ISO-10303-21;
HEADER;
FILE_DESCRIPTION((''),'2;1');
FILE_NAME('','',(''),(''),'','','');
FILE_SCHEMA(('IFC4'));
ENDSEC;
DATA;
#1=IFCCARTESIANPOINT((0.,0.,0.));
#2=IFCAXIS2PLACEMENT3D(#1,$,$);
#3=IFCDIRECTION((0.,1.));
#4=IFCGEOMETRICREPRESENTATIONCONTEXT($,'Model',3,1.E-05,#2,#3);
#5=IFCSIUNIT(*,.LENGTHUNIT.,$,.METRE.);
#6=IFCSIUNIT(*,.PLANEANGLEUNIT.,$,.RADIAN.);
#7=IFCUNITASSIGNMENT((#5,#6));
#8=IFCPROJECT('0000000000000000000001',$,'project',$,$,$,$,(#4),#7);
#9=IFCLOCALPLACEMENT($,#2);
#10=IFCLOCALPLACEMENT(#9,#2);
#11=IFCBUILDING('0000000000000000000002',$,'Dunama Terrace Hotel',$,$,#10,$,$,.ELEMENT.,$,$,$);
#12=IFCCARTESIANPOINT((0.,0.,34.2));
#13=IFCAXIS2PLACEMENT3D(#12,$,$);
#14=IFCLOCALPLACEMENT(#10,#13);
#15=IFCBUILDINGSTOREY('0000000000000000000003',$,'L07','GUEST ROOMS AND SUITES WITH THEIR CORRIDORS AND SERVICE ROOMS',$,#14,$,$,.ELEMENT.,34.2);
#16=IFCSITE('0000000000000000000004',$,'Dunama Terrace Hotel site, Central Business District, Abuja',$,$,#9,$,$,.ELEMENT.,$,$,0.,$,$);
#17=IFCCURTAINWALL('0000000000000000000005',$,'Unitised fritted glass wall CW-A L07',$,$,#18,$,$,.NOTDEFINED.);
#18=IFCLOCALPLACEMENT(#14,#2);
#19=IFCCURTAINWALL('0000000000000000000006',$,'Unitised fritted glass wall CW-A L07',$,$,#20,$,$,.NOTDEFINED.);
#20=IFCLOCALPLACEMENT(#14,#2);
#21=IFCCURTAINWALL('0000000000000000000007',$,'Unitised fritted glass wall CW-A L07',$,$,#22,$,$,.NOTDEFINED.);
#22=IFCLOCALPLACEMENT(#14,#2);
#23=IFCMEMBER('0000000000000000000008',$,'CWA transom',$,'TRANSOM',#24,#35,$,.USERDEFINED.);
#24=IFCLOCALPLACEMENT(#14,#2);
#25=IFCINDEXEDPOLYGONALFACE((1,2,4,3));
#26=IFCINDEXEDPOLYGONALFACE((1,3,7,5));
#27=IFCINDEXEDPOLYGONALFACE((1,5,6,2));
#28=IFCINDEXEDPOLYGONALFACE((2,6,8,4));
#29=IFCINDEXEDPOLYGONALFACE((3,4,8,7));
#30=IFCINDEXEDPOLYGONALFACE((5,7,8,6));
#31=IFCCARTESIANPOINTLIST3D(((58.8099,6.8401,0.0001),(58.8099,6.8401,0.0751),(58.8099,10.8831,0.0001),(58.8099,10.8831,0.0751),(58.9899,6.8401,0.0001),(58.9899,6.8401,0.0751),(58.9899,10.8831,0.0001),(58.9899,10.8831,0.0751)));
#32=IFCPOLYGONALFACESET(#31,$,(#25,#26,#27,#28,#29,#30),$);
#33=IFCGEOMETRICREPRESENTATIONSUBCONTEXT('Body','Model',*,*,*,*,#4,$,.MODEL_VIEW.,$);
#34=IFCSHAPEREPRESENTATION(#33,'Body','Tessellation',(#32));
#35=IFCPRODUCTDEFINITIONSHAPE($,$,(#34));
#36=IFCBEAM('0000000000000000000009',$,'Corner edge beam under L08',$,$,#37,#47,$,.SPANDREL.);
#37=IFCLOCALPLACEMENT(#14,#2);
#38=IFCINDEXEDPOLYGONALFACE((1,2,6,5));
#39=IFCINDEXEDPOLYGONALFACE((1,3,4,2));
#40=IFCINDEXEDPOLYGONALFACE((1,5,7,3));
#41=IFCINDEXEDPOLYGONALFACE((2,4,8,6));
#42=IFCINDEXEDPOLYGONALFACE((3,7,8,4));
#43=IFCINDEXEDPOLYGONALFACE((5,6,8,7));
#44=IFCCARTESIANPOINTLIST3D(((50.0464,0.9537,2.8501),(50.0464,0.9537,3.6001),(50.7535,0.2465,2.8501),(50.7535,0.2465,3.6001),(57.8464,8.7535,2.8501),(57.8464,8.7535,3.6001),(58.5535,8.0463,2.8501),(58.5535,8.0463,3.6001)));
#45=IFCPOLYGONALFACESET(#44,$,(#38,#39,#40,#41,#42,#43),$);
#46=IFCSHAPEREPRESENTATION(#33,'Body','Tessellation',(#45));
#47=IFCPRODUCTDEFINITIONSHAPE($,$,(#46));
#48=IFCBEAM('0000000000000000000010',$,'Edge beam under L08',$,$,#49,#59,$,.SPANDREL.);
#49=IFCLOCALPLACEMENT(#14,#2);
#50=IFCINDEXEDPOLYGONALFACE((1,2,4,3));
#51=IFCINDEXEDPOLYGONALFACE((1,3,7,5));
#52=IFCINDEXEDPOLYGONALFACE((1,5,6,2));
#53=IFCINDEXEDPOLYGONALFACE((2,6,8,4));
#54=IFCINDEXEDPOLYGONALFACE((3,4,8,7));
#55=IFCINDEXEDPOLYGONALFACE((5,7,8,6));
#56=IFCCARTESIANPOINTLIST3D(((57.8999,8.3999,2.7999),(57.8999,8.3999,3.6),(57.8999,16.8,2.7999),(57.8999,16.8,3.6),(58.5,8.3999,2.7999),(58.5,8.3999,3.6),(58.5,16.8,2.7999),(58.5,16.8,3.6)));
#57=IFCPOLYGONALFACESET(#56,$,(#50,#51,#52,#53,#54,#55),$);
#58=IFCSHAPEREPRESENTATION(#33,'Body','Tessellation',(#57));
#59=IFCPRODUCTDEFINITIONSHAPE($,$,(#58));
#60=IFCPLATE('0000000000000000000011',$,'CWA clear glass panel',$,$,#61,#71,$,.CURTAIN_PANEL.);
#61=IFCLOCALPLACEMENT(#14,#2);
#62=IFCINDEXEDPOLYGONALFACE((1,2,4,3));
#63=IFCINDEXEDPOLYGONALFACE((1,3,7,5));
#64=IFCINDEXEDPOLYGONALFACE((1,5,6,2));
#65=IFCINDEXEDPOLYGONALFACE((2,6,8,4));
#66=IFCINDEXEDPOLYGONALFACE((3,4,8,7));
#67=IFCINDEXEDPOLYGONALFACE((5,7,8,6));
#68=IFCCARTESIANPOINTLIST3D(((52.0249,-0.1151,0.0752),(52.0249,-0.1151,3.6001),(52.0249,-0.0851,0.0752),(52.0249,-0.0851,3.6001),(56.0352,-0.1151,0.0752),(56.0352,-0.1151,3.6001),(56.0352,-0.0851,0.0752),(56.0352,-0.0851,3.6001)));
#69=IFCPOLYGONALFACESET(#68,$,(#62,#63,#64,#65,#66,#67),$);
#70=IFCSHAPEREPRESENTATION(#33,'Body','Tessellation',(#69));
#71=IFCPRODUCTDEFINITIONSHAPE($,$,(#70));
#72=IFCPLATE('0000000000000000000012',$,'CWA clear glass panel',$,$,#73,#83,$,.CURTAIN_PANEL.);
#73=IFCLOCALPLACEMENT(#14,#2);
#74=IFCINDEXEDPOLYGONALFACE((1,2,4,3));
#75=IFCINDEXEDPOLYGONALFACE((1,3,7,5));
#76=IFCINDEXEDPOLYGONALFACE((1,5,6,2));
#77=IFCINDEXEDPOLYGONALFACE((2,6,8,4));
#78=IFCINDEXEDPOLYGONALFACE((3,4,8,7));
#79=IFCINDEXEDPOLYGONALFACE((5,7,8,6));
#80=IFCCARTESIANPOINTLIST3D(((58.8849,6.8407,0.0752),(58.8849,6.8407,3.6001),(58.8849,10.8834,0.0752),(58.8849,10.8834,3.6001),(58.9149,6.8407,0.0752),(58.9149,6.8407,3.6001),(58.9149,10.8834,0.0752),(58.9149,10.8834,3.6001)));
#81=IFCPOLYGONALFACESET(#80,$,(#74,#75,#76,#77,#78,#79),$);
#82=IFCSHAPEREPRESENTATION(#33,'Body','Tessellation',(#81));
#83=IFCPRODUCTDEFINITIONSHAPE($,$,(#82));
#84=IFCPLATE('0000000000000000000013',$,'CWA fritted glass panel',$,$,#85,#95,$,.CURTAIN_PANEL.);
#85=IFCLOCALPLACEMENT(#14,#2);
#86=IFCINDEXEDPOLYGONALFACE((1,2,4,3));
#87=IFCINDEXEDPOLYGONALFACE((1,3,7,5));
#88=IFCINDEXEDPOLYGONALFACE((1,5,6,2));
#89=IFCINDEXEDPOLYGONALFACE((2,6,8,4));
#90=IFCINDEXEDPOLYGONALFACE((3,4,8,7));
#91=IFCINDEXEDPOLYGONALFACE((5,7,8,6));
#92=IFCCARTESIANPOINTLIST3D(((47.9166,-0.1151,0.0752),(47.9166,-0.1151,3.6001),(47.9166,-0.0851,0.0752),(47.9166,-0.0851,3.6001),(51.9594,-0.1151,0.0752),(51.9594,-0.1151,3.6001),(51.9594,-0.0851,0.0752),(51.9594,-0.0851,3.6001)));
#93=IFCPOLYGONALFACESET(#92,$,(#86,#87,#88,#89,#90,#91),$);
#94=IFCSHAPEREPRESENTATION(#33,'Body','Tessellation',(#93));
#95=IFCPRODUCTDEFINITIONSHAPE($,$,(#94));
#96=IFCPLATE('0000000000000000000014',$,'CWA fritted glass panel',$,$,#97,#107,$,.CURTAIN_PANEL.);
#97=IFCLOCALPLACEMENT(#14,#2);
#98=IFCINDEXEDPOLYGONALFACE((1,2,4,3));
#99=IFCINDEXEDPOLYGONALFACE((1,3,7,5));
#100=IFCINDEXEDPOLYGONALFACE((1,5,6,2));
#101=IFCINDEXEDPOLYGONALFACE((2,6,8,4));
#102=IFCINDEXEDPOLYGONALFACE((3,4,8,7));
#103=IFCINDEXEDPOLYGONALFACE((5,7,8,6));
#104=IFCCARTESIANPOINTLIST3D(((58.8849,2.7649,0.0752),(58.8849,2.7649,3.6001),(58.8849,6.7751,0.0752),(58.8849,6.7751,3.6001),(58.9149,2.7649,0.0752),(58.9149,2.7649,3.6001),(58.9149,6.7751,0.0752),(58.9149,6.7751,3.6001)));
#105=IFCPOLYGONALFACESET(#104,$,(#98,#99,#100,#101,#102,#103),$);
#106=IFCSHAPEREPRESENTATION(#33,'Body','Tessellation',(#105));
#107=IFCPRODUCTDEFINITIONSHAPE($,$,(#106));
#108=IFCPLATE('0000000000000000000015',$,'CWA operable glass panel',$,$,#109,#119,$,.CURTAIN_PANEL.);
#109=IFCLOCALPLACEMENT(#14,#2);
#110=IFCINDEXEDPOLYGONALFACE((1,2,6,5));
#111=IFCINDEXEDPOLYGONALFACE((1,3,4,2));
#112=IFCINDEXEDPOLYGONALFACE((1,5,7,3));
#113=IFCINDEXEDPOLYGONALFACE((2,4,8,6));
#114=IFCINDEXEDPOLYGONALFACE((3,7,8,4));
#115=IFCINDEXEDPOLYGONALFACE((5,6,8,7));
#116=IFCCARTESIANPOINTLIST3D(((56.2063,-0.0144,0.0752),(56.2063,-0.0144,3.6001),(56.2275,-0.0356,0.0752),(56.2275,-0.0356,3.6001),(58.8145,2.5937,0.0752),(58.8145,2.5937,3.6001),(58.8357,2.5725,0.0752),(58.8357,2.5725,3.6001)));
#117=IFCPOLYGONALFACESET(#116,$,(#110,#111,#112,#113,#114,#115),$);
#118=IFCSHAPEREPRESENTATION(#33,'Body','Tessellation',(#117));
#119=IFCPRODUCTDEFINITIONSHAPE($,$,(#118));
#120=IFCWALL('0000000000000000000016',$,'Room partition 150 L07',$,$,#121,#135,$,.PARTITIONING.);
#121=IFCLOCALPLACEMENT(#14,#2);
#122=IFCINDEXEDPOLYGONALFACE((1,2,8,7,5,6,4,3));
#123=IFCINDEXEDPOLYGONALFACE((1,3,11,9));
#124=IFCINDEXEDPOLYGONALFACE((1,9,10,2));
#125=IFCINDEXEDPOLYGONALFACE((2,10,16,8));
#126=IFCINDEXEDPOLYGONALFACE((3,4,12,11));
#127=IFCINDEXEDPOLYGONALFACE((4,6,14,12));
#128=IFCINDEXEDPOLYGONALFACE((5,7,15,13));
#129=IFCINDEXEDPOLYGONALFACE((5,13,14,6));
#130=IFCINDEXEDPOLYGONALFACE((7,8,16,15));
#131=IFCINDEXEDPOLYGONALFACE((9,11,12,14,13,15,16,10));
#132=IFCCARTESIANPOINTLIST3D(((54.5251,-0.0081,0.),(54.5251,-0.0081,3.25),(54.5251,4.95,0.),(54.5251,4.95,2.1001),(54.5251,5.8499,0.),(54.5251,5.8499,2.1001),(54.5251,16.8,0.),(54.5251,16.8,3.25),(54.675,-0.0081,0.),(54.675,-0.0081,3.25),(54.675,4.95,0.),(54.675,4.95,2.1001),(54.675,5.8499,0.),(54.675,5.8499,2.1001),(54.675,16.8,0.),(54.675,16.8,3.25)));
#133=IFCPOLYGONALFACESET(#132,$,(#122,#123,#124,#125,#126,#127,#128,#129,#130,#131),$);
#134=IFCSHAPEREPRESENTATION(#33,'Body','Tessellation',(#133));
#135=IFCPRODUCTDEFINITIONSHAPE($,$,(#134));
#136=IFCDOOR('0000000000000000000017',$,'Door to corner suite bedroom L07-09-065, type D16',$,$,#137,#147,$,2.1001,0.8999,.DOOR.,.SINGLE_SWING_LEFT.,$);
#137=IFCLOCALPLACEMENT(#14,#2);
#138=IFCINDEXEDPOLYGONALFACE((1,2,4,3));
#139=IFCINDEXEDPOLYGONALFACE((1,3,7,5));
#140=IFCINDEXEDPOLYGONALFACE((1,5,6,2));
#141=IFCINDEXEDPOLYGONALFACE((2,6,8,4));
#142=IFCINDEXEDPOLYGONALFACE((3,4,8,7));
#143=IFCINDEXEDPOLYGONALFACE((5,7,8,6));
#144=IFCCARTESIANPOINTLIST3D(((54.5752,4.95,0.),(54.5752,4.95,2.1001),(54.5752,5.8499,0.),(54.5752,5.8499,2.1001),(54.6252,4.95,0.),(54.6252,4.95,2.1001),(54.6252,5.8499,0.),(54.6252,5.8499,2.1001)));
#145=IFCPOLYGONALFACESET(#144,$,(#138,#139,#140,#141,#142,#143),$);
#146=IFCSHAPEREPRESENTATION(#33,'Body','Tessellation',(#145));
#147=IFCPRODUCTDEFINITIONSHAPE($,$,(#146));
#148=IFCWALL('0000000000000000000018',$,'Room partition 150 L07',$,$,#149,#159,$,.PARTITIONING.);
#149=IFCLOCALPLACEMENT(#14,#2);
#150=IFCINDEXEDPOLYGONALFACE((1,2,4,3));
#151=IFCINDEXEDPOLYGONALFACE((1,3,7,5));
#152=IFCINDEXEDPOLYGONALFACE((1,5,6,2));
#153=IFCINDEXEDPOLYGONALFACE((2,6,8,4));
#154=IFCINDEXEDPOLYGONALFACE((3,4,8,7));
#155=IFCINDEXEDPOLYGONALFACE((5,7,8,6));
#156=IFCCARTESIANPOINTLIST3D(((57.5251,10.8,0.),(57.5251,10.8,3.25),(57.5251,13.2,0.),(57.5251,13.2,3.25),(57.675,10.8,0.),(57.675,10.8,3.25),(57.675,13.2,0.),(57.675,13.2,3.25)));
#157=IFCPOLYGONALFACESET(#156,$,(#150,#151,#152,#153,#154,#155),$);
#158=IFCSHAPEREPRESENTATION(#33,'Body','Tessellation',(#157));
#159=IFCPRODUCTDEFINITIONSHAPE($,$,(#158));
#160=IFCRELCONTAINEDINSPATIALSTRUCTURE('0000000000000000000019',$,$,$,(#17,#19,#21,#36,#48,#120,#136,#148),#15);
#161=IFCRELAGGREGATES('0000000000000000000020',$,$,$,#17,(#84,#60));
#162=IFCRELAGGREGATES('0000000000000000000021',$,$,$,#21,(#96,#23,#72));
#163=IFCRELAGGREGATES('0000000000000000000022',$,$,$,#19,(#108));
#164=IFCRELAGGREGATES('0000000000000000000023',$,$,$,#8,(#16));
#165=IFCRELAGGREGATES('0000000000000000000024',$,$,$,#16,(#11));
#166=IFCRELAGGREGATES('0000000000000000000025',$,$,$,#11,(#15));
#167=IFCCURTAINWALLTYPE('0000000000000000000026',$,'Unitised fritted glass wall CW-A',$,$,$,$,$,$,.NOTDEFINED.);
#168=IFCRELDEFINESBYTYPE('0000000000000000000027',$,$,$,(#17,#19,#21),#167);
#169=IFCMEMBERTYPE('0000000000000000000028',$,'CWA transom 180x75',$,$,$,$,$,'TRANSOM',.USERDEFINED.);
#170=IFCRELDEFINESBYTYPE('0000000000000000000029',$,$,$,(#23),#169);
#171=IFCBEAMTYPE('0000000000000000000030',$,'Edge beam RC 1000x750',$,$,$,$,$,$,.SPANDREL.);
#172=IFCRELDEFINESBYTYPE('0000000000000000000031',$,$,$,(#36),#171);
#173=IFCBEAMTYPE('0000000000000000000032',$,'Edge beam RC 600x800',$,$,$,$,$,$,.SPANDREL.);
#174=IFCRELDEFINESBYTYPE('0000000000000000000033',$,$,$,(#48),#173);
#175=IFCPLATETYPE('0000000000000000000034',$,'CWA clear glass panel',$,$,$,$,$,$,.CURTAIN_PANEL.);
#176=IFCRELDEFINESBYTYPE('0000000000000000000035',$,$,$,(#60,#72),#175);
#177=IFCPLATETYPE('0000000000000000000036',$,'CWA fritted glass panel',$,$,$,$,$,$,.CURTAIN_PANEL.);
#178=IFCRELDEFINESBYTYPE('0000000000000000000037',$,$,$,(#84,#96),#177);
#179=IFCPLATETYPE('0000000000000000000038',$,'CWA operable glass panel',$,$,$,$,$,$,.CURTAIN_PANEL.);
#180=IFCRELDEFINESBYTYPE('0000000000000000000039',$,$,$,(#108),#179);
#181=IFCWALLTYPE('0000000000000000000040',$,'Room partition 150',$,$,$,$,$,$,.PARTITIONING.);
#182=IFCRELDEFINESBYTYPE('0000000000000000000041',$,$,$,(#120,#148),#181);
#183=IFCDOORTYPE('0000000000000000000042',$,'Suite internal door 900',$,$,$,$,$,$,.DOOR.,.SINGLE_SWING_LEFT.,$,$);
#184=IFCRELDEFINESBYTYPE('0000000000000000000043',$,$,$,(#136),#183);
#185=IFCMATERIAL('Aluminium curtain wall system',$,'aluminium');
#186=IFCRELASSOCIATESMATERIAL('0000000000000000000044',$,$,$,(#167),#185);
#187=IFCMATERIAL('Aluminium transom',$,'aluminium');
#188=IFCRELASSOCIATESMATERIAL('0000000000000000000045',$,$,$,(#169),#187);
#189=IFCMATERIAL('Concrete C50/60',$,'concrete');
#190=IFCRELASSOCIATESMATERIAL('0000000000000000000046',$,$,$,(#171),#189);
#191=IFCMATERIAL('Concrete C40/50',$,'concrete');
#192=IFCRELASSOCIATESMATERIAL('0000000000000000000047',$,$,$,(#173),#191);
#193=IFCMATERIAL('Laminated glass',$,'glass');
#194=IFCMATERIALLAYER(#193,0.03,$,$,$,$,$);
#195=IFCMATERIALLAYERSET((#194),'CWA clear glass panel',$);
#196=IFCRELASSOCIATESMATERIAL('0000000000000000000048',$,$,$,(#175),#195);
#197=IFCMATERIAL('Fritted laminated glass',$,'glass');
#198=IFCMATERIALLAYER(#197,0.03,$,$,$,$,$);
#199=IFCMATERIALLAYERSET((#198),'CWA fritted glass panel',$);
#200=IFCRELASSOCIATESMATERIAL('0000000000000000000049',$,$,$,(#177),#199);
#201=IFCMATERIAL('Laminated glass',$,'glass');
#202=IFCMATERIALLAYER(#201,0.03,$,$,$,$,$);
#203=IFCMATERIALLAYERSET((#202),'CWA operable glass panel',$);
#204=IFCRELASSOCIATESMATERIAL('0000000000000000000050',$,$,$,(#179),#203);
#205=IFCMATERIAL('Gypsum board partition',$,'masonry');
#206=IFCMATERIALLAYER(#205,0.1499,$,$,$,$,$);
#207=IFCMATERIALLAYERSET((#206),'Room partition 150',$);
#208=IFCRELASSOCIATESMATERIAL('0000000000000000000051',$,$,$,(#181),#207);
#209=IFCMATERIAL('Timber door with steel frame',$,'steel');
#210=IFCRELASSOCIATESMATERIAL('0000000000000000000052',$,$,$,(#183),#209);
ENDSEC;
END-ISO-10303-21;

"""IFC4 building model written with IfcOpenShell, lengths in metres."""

from ifc_helpers import new_model, si_unit, direction, frame, frame_2d, origin, origin_2d, place, context, subcontext, project, spatial, rectangle, extrude, material, layer, layer_set, material_profile, profile_set, type_object, element, fill, aggregate, save


model = new_model("IFC4")

# Units and contexts
model_context = context("Model", 3, precision=1e-05, world=origin(), true_north=direction((0.0, 1.0)))
body_context = subcontext(model_context, "Body", "Model", "MODEL_VIEW")
ifc_project = project(units=[si_unit("LENGTHUNIT", "METRE"), si_unit("PLANEANGLEUNIT", "RADIAN")], contexts=[model_context])

# Site, building, storey
site_placement = place(None, origin())
site = spatial("IfcSite", under=ifc_project, at=site_placement, Name="Dunama Terrace Hotel site, Central Business District, Abuja", CompositionType="ELEMENT", RefElevation=0.0)
building_placement = place(site_placement, origin())
building = spatial("IfcBuilding", under=site, at=building_placement, Name="Dunama Terrace Hotel", CompositionType="ELEMENT")
storey_placement = place(building_placement, frame((0.0, 0.0, 34.2)))
storey = spatial("IfcBuildingStorey", under=building, at=storey_placement, Name="L07", Description="GUEST ROOMS AND SUITES WITH THEIR CORRIDORS AND SERVICE ROOMS", CompositionType="ELEMENT", Elevation=34.2)

# Curtain walls
ifc_material_1 = material(Name="Aluminium curtain wall system", Category="aluminium")
curtain_wall_type = type_object("IfcCurtainWallType", Name="Unitised fritted glass wall CW-A", PredefinedType="NOTDEFINED", material=ifc_material_1)
curtain_wall_1_placement = place(storey_placement, origin())
curtain_wall_1 = element("IfcCurtainWall", 1, at=curtain_wall_1_placement, inside=storey, type_object=curtain_wall_type, Name="Unitised fritted glass wall CW-A L07", PredefinedType="NOTDEFINED")
curtain_wall_2_placement = place(storey_placement, origin())
curtain_wall_2 = element("IfcCurtainWall", 2, at=curtain_wall_2_placement, inside=storey, type_object=curtain_wall_type, Name="Unitised fritted glass wall CW-A L07", PredefinedType="NOTDEFINED")
curtain_wall_3_placement = place(storey_placement, origin())
curtain_wall_3 = element("IfcCurtainWall", 3, at=curtain_wall_3_placement, inside=storey, type_object=curtain_wall_type, Name="Unitised fritted glass wall CW-A L07", PredefinedType="NOTDEFINED")

# Member
ifc_material_2 = material(Name="Aluminium transom", Category="aluminium")
ifc_material_profile_1 = material_profile(ifc_material_2, rectangle(XDim=0.1799, YDim=0.075, at=origin_2d()), Name="CWA TRANSOM 180X75")
ifc_profile_set_1 = profile_set([ifc_material_profile_1], Name="Aluminium transom")
member_type_1 = type_object("IfcMemberType", Name="CWA transom 180x75", ElementType="TRANSOM", PredefinedType="USERDEFINED", material=ifc_profile_set_1)
member_1_placement = place(storey_placement, frame((58.8999, 6.8401, 0.0376), z_axis=(0.0, 1.0, 0.0), x_axis=(-1.0, 0.0, 0.0)))
member_1 = element("IfcMember", 4, at=member_1_placement, type_object=member_type_1, Name="CWA transom", ObjectType="TRANSOM", PredefinedType="USERDEFINED", context=body_context, shape_type="SweptSolid", body=[
    extrude(rectangle(XDim=0.1799, YDim=0.075, at=origin_2d()), origin(), (0.0, 0.0, 1.0), 4.043),
])

# Beams
ifc_material_3 = material(Name="Concrete C50/60", Category="concrete")
ifc_material_profile_2 = material_profile(ifc_material_3, rectangle(XDim=1.0, YDim=0.75, at=origin_2d()), Name="RC 1000x750")
ifc_profile_set_2 = profile_set([ifc_material_profile_2], Name="Concrete C50/60")
beam_type_1 = type_object("IfcBeamType", Name="Edge beam RC 1000x750", PredefinedType="SPANDREL", material=ifc_profile_set_2)
beam_1_placement = place(storey_placement, frame((50.3999, 0.6001, 3.2251), z_axis=(0.707118, 0.707096, 0.0), x_axis=(-0.707096, 0.707118, 0.0)))
element("IfcBeam", 5, at=beam_1_placement, inside=storey, type_object=beam_type_1, Name="Corner edge beam under L08", PredefinedType="SPANDREL", context=body_context, shape_type="SweptSolid", body=[
    extrude(rectangle(XDim=1.0, YDim=0.75, at=origin_2d()), origin(), (0.0, 0.0, 1.0), 11.0308),
])
ifc_material_4 = material(Name="Concrete C40/50", Category="concrete")
ifc_material_profile_3 = material_profile(ifc_material_4, rectangle(XDim=0.6001, YDim=0.8, at=origin_2d()), Name="RC 600x800")
ifc_profile_set_3 = profile_set([ifc_material_profile_3], Name="Concrete C40/50")
beam_type_2 = type_object("IfcBeamType", Name="Edge beam RC 600x800", PredefinedType="SPANDREL", material=ifc_profile_set_3)
beam_2_placement = place(storey_placement, frame((58.2, 8.3999, 3.2), z_axis=(0.0, 1.0, 0.0), x_axis=(-1.0, 0.0, 0.0)))
element("IfcBeam", 6, at=beam_2_placement, inside=storey, type_object=beam_type_2, Name="Edge beam under L08", PredefinedType="SPANDREL", context=body_context, shape_type="SweptSolid", body=[
    extrude(rectangle(XDim=0.6001, YDim=0.8, at=origin_2d()), origin(), (0.0, 0.0, 1.0), 8.4001),
])

# Plates
ifc_material_5 = material(Name="Laminated glass", Category="glass")
ifc_layer_1 = layer(ifc_material_5, 0.03)
ifc_layer_set_1 = layer_set([ifc_layer_1], Name="CWA clear glass panel")
plate_type_1 = type_object("IfcPlateType", Name="CWA clear glass panel", PredefinedType="CURTAIN_PANEL", material=ifc_layer_set_1)
plate_1_placement = place(storey_placement, frame((54.03, -0.1001, 0.0752), z_axis=(0.0, 0.0, 1.0), x_axis=(1.0, 0.0, 0.0)))
plate_1 = element("IfcPlate", 7, at=plate_1_placement, type_object=plate_type_1, Name="CWA clear glass panel", PredefinedType="CURTAIN_PANEL", context=body_context, shape_type="SweptSolid", body=[
    extrude(rectangle(XDim=4.0103, YDim=0.03, at=origin_2d()), origin(), (0.0, 0.0, 1.0), 3.5249),
])
plate_2_placement = place(storey_placement, frame((58.8999, 8.8621, 0.0752), z_axis=(0.0, 0.0, 1.0), x_axis=(0.0, 1.0, 0.0)))
plate_2 = element("IfcPlate", 8, at=plate_2_placement, type_object=plate_type_1, Name="CWA clear glass panel", PredefinedType="CURTAIN_PANEL", context=body_context, shape_type="SweptSolid", body=[
    extrude(rectangle(XDim=4.0427, YDim=0.03, at=origin_2d()), origin(), (0.0, 0.0, 1.0), 3.5249),
])
ifc_material_6 = material(Name="Fritted laminated glass", Category="glass")
ifc_layer_2 = layer(ifc_material_6, 0.03)
ifc_layer_set_2 = layer_set([ifc_layer_2], Name="CWA fritted glass panel")
plate_type_2 = type_object("IfcPlateType", Name="CWA fritted glass panel", PredefinedType="CURTAIN_PANEL", material=ifc_layer_set_2)
plate_3_placement = place(storey_placement, frame((49.938, -0.1001, 0.0752), z_axis=(0.0, 0.0, 1.0), x_axis=(1.0, 0.0, 0.0)))
plate_3 = element("IfcPlate", 9, at=plate_3_placement, type_object=plate_type_2, Name="CWA fritted glass panel", PredefinedType="CURTAIN_PANEL", context=body_context, shape_type="SweptSolid", body=[
    extrude(rectangle(XDim=4.0427, YDim=0.03, at=origin_2d()), origin(), (0.0, 0.0, 1.0), 3.5249),
])
aggregate(curtain_wall_1, [plate_3, plate_1])
plate_4_placement = place(storey_placement, frame((58.8999, 4.77, 0.0752), z_axis=(0.0, 0.0, 1.0), x_axis=(0.0, 1.0, 0.0)))
plate_4 = element("IfcPlate", 10, at=plate_4_placement, type_object=plate_type_2, Name="CWA fritted glass panel", PredefinedType="CURTAIN_PANEL", context=body_context, shape_type="SweptSolid", body=[
    extrude(rectangle(XDim=4.0103, YDim=0.03, at=origin_2d()), origin(), (0.0, 0.0, 1.0), 3.5249),
])
aggregate(curtain_wall_3, [plate_4, member_1, plate_2])
ifc_material_7 = material(Name="Laminated glass", Category="glass")
ifc_layer_3 = layer(ifc_material_7, 0.03)
ifc_layer_set_3 = layer_set([ifc_layer_3], Name="CWA operable glass panel")
plate_type_3 = type_object("IfcPlateType", Name="CWA operable glass panel", PredefinedType="CURTAIN_PANEL", material=ifc_layer_set_3)
plate_5_placement = place(storey_placement, frame((57.521, 1.2791, 0.0752), z_axis=(0.0, 0.0, 1.0), x_axis=(0.707107, 0.707107, 0.0)))
plate_5 = element("IfcPlate", 11, at=plate_5_placement, type_object=plate_type_3, Name="CWA operable glass panel", PredefinedType="CURTAIN_PANEL", context=body_context, shape_type="SweptSolid", body=[
    extrude(rectangle(XDim=3.6885, YDim=0.03, at=origin_2d()), origin(), (0.0, 0.0, 1.0), 3.5249),
])
aggregate(curtain_wall_2, [plate_5])

# Wall, opening, door
ifc_material_8 = material(Name="Gypsum board partition", Category="masonry")
ifc_layer_4 = layer(ifc_material_8, 0.1499)
ifc_layer_set_4 = layer_set([ifc_layer_4], Name="Room partition 150")
wall_type = type_object("IfcWallType", Name="Room partition 150", PredefinedType="PARTITIONING", material=ifc_layer_set_4)
wall_1_placement = place(storey_placement, frame((54.6001, -0.0081, 0.0), z_axis=(0.0, 0.0, 1.0), x_axis=(0.0, 1.0, 0.0)))
wall_1 = element("IfcWall", 12, at=wall_1_placement, inside=storey, type_object=wall_type, Name="Room partition 150 L07", PredefinedType="PARTITIONING", context=body_context, shape_type="SweptSolid", body=[
    extrude(rectangle(XDim=16.8081, YDim=0.1499, at=frame_2d((8.4041, 0.0))), origin(), (0.0, 0.0, 1.0), 3.25),
])
opening_1_placement = place(wall_1_placement, frame((4.958, 0.0, 0.0)))
opening_1 = element("IfcOpeningElement", 13, at=opening_1_placement, cuts=wall_1, PredefinedType="OPENING", context=body_context, shape_type="SweptSolid", body=[
    extrude(rectangle(XDim=0.8999, YDim=2.1001, at=frame_2d((0.45, 1.05))), frame((0.0, 0.085, 0.0), z_axis=(0.0, -1.0, 0.0), x_axis=(1.0, 0.0, 0.0)), (0.0, 0.0, 1.0), 0.1699),
])
ifc_material_9 = material(Name="Timber door with steel frame", Category="steel")
door_type = type_object("IfcDoorType", Name="Suite internal door 900", OperationType="SINGLE_SWING_LEFT", PredefinedType="DOOR", material=ifc_material_9)
door_1_placement = place(opening_1_placement, frame((0.8999, 0.0, 0.0), z_axis=(0.0, 0.0, 1.0), x_axis=(-1.0, 0.0, 0.0)))
door_1 = element("IfcDoor", 14, at=door_1_placement, inside=storey, type_object=door_type, Name="Door to corner suite bedroom L07-09-065, type D16", OperationType="SINGLE_SWING_LEFT", OverallHeight=2.1001, OverallWidth=0.8999, PredefinedType="DOOR", context=body_context, shape_type="SweptSolid", body=[
    extrude(rectangle(XDim=0.8999, YDim=2.1001, at=frame_2d((0.45, 1.05))), frame((0.0, 0.0251, 0.0), z_axis=(0.0, -1.0, 0.0), x_axis=(1.0, 0.0, 0.0)), (0.0, 0.0, 1.0), 0.05),
])
fill(opening_1, door_1)

# Wall
wall_2_placement = place(storey_placement, frame((57.6001, 10.8, 0.0), z_axis=(0.0, 0.0, 1.0), x_axis=(0.0, 1.0, 0.0)))
element("IfcWall", 15, at=wall_2_placement, inside=storey, type_object=wall_type, Name="Room partition 150 L07", PredefinedType="PARTITIONING", context=body_context, shape_type="SweptSolid", body=[
    extrude(rectangle(XDim=2.3999, YDim=0.1499, at=frame_2d((1.2, 0.0))), origin(), (0.0, 0.0, 1.0), 3.25),
])

save(model, "model.ifc")
